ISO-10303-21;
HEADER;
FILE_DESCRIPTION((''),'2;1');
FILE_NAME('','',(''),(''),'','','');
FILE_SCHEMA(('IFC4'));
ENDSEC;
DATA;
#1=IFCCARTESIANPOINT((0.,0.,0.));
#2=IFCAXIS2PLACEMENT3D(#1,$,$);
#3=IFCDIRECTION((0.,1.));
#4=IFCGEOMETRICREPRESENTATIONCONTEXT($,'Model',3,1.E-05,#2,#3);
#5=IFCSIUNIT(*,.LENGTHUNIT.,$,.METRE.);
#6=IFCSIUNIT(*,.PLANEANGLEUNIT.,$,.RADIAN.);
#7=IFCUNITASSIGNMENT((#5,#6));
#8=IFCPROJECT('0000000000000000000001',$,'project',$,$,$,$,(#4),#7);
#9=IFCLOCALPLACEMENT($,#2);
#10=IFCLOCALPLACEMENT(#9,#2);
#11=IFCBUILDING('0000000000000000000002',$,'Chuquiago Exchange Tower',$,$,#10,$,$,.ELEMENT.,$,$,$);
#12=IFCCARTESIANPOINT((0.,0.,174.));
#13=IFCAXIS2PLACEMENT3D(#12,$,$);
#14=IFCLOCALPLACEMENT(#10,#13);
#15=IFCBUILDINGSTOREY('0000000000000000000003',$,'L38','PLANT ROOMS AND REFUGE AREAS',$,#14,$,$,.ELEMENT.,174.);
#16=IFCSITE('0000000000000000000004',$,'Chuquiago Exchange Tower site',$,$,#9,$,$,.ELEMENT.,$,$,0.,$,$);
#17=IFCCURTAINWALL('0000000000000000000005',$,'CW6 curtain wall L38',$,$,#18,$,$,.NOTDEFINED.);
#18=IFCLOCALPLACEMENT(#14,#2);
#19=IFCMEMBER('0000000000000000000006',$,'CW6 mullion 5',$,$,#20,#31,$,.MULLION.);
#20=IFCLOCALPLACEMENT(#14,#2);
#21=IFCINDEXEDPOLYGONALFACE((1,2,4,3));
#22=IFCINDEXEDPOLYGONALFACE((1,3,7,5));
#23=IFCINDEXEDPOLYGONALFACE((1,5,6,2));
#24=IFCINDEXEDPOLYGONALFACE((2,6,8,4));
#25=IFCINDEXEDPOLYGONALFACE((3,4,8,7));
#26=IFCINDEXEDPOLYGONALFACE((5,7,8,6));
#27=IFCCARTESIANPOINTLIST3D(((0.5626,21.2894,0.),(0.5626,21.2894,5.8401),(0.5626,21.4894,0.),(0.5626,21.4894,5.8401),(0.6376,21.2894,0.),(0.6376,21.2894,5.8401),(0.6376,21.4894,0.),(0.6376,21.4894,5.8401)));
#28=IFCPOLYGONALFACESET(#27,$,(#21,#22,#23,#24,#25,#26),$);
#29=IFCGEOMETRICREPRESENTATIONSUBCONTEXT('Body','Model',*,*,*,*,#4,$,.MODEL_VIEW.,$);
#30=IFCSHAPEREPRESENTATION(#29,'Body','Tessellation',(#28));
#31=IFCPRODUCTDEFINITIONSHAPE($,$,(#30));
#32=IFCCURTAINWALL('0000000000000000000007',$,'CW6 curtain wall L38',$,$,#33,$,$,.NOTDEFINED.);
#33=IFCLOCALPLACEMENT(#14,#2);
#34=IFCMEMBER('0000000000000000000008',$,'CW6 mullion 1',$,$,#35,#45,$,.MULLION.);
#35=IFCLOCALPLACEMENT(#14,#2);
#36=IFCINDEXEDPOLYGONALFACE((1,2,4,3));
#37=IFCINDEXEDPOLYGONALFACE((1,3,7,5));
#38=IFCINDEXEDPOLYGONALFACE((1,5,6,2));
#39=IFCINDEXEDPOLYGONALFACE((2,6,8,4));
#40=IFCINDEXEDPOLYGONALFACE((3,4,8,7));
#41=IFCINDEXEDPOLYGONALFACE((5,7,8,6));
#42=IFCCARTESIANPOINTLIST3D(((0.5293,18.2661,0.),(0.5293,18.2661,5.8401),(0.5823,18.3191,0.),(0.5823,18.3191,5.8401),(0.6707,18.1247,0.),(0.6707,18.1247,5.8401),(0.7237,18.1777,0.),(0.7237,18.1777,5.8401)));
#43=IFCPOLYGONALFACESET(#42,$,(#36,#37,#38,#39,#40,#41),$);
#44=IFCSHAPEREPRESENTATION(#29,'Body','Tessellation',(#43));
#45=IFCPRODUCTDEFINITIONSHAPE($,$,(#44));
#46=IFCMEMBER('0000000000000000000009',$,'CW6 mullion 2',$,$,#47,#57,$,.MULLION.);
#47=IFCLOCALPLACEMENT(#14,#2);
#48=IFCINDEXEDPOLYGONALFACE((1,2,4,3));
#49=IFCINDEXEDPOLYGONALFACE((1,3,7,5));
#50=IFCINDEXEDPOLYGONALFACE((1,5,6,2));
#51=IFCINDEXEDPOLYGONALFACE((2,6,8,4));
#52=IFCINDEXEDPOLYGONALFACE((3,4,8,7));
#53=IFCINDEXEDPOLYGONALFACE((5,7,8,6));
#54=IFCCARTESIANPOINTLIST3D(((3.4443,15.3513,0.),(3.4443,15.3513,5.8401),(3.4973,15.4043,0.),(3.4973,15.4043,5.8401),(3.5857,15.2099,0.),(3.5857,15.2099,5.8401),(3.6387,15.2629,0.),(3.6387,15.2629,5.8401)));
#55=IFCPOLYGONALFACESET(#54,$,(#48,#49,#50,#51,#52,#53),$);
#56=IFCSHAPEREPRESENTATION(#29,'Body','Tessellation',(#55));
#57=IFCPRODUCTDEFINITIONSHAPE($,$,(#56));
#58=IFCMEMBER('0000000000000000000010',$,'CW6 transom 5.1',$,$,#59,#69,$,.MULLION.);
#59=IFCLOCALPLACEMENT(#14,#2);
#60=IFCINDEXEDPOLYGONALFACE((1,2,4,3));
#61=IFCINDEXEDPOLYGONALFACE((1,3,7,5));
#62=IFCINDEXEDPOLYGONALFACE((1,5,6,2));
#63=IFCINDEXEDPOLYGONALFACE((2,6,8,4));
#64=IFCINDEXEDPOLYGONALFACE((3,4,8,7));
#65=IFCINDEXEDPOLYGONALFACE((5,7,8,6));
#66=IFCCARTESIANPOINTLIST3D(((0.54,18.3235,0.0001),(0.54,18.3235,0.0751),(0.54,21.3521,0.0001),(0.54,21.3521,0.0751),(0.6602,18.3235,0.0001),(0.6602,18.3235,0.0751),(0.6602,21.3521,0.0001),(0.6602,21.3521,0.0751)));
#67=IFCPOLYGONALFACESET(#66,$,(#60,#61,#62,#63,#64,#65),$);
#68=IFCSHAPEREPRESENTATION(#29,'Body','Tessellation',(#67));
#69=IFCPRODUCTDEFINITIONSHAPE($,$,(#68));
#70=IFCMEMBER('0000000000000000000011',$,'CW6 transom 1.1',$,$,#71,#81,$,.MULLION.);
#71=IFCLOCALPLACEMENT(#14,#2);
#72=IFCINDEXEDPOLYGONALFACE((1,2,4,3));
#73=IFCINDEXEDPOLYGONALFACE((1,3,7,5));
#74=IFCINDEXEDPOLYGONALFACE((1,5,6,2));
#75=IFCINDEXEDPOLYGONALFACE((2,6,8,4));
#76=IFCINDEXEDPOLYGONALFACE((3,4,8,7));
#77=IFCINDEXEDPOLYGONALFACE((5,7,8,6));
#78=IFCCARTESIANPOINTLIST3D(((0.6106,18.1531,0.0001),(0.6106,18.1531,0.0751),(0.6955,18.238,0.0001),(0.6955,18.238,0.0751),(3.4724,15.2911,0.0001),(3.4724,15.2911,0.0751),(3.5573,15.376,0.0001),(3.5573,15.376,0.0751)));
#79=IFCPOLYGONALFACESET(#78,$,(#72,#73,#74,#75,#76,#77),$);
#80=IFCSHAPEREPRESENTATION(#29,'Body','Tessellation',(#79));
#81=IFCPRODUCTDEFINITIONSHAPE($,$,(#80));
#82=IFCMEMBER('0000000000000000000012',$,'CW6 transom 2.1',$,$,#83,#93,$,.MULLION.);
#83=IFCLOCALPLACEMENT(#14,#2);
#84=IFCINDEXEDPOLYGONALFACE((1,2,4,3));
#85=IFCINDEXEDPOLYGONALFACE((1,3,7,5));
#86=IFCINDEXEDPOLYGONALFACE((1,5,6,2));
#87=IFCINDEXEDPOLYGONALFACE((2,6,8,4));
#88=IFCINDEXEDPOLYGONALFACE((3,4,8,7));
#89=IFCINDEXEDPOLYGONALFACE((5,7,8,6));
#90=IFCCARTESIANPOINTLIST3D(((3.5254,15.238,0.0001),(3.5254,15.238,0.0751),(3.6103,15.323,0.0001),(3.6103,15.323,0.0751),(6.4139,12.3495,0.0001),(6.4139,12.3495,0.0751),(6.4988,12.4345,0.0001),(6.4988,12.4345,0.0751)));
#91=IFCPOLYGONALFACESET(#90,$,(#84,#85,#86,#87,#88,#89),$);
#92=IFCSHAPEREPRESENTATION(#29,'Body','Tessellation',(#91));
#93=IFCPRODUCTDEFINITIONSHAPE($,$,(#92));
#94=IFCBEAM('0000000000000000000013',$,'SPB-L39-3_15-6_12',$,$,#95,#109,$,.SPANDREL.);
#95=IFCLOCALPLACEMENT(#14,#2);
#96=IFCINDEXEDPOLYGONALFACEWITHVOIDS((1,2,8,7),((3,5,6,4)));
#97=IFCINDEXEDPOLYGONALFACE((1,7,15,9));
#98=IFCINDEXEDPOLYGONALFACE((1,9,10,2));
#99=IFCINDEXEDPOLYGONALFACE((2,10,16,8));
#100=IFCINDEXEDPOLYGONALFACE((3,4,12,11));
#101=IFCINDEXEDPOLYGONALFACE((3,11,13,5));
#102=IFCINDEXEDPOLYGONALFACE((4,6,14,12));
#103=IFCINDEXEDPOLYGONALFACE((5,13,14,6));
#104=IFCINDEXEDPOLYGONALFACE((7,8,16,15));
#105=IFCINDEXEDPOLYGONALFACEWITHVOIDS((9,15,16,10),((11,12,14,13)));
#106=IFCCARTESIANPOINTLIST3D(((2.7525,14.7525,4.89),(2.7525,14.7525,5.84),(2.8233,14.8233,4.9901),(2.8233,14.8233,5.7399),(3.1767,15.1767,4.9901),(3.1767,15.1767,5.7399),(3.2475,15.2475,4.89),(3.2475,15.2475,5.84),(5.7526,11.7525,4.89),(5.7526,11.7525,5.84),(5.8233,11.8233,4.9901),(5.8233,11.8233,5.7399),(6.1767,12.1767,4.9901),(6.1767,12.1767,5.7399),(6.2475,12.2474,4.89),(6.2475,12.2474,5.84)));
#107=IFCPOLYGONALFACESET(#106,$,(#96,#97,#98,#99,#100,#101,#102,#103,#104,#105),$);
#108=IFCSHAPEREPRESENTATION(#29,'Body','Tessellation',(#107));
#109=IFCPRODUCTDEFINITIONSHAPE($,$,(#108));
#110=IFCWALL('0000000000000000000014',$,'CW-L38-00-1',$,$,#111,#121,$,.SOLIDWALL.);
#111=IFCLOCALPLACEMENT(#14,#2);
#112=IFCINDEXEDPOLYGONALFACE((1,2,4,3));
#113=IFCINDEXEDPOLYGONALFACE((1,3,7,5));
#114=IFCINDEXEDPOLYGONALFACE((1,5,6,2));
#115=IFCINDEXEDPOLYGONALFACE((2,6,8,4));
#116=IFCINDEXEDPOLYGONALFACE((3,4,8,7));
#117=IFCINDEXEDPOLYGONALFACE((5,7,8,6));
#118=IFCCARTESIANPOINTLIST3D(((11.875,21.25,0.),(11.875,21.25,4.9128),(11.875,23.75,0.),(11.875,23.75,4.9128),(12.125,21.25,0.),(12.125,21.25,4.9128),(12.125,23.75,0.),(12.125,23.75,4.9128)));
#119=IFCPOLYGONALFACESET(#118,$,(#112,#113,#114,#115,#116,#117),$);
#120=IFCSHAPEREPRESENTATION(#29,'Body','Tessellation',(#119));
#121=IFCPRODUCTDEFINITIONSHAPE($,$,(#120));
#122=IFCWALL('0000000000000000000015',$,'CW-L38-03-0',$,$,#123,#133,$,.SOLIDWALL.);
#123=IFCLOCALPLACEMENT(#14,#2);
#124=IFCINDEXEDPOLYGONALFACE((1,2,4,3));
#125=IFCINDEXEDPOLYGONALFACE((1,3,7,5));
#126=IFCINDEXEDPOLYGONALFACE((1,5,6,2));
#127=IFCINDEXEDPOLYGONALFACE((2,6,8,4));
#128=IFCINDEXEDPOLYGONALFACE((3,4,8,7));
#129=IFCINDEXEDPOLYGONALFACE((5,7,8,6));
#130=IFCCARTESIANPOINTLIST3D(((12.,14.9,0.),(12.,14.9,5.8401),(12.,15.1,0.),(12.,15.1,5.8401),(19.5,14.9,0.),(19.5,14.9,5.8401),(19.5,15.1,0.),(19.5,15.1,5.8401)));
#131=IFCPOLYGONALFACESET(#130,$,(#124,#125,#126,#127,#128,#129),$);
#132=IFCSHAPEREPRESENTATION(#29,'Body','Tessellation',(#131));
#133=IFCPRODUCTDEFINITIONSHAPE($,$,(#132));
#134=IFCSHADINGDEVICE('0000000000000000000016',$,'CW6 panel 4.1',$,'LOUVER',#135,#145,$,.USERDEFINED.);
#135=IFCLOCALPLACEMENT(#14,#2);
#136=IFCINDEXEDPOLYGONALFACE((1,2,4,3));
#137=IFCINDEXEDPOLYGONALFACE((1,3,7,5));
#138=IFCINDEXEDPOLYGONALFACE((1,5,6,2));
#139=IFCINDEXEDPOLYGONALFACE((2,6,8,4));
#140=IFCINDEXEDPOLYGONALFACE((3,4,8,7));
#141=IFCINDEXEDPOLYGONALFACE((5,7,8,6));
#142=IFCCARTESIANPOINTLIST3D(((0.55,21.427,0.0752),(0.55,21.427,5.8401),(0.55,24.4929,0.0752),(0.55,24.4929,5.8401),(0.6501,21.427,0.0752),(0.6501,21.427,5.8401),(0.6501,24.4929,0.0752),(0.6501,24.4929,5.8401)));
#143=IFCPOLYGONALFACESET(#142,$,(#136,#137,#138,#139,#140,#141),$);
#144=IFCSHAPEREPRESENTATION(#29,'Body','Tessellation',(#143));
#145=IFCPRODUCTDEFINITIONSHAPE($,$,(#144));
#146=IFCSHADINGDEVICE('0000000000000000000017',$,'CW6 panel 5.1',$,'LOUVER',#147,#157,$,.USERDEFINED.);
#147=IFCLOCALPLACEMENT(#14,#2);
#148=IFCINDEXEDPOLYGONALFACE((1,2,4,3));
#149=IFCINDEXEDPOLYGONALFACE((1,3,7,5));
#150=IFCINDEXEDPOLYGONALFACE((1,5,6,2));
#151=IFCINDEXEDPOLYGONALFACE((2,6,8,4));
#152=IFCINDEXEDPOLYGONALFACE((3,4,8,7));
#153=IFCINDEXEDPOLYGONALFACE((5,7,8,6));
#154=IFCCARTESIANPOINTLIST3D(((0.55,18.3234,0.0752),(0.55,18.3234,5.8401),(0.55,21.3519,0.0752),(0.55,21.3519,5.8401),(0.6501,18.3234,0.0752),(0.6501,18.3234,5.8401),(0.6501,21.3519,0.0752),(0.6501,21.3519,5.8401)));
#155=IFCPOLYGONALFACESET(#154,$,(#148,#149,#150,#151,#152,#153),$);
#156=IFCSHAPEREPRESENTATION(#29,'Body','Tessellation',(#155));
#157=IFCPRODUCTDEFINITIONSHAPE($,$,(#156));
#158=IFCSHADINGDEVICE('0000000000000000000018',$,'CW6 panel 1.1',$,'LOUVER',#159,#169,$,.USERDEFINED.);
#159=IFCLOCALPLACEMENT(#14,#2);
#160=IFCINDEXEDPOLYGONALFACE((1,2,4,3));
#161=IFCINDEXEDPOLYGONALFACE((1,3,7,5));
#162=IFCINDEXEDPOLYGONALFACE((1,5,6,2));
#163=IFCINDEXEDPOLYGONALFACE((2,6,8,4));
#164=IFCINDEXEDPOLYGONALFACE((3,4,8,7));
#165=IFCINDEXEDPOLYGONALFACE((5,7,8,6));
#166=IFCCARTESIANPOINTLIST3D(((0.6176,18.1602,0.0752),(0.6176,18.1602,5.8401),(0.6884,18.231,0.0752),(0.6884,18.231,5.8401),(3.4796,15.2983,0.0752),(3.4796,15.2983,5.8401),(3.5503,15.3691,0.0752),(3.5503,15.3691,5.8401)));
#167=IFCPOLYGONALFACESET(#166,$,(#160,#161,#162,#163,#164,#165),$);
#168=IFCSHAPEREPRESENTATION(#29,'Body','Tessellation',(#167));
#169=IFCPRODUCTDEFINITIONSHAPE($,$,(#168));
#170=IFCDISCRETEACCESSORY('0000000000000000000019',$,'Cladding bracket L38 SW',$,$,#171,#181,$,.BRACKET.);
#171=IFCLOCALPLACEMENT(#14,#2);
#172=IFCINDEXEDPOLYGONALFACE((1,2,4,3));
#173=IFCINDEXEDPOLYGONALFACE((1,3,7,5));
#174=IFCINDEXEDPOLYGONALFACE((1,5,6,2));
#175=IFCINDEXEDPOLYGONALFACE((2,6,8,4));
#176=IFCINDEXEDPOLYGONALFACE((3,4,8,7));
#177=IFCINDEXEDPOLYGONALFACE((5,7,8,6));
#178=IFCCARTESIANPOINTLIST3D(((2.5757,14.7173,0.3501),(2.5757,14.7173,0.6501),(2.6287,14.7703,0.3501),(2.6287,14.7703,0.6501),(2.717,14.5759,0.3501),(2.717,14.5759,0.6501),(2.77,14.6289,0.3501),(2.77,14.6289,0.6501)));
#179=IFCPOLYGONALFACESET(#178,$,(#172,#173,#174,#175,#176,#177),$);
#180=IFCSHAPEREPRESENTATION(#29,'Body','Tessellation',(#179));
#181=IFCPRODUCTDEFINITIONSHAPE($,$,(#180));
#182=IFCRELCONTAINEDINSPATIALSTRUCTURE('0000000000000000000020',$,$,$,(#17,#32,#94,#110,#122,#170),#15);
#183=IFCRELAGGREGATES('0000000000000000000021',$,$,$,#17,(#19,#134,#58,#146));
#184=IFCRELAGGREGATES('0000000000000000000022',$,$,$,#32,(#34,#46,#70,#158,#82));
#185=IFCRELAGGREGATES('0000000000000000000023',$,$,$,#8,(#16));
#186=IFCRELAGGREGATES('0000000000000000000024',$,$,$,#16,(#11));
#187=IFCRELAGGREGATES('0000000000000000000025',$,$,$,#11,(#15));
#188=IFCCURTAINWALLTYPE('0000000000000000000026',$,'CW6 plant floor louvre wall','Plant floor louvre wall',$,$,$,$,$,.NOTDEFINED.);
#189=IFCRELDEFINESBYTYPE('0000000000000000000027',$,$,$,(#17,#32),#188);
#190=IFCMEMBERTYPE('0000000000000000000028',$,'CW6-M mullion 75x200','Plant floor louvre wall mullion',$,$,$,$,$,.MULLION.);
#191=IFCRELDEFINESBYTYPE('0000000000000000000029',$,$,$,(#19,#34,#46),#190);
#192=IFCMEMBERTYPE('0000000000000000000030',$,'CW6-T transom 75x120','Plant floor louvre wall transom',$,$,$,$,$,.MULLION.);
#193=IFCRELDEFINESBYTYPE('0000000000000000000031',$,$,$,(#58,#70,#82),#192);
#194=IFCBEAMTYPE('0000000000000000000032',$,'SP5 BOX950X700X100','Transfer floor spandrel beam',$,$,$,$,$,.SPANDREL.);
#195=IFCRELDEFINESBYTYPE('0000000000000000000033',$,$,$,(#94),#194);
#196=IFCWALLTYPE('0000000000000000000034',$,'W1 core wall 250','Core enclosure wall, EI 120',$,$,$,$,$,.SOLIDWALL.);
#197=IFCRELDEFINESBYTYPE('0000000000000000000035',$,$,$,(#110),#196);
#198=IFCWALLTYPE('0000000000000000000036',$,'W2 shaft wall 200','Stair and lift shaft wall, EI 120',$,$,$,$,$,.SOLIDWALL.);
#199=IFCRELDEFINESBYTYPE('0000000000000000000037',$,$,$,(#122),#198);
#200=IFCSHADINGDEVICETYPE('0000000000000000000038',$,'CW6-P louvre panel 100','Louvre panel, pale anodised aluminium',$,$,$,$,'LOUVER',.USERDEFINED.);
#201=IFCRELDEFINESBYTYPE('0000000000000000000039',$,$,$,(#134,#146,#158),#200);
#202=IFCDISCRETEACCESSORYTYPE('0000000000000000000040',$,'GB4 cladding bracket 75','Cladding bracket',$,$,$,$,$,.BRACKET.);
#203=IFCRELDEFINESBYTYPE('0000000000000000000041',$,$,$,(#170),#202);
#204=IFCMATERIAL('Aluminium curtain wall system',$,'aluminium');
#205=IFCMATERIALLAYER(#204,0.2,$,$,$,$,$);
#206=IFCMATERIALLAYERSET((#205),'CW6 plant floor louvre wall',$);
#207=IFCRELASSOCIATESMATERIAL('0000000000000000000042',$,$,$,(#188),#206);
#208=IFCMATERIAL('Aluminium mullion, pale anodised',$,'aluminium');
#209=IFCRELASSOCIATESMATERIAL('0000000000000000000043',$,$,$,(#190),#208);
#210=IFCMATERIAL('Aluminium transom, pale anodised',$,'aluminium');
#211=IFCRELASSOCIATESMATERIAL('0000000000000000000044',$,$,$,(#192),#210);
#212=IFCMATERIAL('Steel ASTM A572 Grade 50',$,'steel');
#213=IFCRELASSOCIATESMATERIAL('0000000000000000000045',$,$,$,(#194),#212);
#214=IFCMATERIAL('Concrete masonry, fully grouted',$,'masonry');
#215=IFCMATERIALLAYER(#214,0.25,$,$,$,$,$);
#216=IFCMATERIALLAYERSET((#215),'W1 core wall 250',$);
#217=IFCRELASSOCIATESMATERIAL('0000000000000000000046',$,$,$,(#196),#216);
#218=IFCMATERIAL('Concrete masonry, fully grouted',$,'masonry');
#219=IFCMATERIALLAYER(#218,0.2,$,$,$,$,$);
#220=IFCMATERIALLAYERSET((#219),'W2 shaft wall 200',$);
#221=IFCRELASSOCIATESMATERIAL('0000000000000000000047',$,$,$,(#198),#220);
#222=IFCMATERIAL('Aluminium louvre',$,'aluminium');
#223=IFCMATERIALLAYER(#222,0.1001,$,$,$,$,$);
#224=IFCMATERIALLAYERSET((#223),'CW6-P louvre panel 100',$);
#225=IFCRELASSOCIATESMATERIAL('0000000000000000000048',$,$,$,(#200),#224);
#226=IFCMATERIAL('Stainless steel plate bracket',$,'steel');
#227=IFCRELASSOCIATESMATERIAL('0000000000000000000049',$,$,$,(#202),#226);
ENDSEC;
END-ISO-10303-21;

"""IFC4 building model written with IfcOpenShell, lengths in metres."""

from ifc_helpers import new_model, si_unit, direction, frame, frame_2d, origin, origin_2d, place, context, subcontext, project, spatial, rectangle, hollow_rectangle, extrude, material, layer, layer_set, material_profile, profile_set, type_object, element, aggregate, save


model = new_model("IFC4")

# Units and contexts
model_context = context("Model", 3, precision=1e-05, world=origin(), true_north=direction((0.0, 1.0)))
body_context = subcontext(model_context, "Body", "Model", "MODEL_VIEW")
ifc_project = project(units=[si_unit("LENGTHUNIT", "METRE"), si_unit("PLANEANGLEUNIT", "RADIAN")], contexts=[model_context])

# Site, building, storey
site_placement = place(None, origin())
site = spatial("IfcSite", under=ifc_project, at=site_placement, Name="Chuquiago Exchange Tower site", CompositionType="ELEMENT", RefElevation=0.0)
building_placement = place(site_placement, origin())
building = spatial("IfcBuilding", under=site, at=building_placement, Name="Chuquiago Exchange Tower", CompositionType="ELEMENT")
storey_placement = place(building_placement, frame((0.0, 0.0, 174.0)))
storey = spatial("IfcBuildingStorey", under=building, at=storey_placement, Name="L38", Description="PLANT ROOMS AND REFUGE AREAS", CompositionType="ELEMENT", Elevation=174.0)

# Curtain wall, member
ifc_material_1 = material(Name="Aluminium curtain wall system", Category="aluminium")
ifc_layer_1 = layer(ifc_material_1, 0.2)
ifc_layer_set_1 = layer_set([ifc_layer_1], Name="CW6 plant floor louvre wall")
curtain_wall_type = type_object("IfcCurtainWallType", Name="CW6 plant floor louvre wall", Description="Plant floor louvre wall", PredefinedType="NOTDEFINED", material=ifc_layer_set_1)
curtain_wall_1_placement = place(storey_placement, origin())
curtain_wall_1 = element("IfcCurtainWall", 1, at=curtain_wall_1_placement, inside=storey, type_object=curtain_wall_type, Name="CW6 curtain wall L38", PredefinedType="NOTDEFINED")
ifc_material_2 = material(Name="Aluminium mullion, pale anodised", Category="aluminium")
ifc_material_profile_1 = material_profile(ifc_material_2, rectangle(XDim=0.075, YDim=0.2, at=origin_2d()), Name="AL 75x200")
ifc_profile_set_1 = profile_set([ifc_material_profile_1], Name="Aluminium mullion, pale anodised")
member_type_1 = type_object("IfcMemberType", Name="CW6-M mullion 75x200", Description="Plant floor louvre wall mullion", PredefinedType="MULLION", material=ifc_profile_set_1)
member_1_placement = place(storey_placement, frame((0.6001, 21.3894, 0.0), z_axis=(0.0, 0.0, 1.0), x_axis=(1.0, 0.0, 0.0)))
member_1 = element("IfcMember", 2, at=member_1_placement, type_object=member_type_1, Name="CW6 mullion 5", PredefinedType="MULLION", context=body_context, shape_type="SweptSolid", body=[
    extrude(rectangle(XDim=0.075, YDim=0.2, at=origin_2d()), origin(), (0.0, 0.0, 1.0), 5.8401),
])

# Curtain wall, members
curtain_wall_2_placement = place(storey_placement, origin())
curtain_wall_2 = element("IfcCurtainWall", 3, at=curtain_wall_2_placement, inside=storey, type_object=curtain_wall_type, Name="CW6 curtain wall L38", PredefinedType="NOTDEFINED")
member_2_placement = place(storey_placement, frame((0.6265, 18.2219, 0.0), z_axis=(0.0, 0.0, 1.0), x_axis=(0.707107, 0.707107, 0.0)))
member_2 = element("IfcMember", 4, at=member_2_placement, type_object=member_type_1, Name="CW6 mullion 1", PredefinedType="MULLION", context=body_context, shape_type="SweptSolid", body=[
    extrude(rectangle(XDim=0.075, YDim=0.2, at=origin_2d()), origin(), (0.0, 0.0, 1.0), 5.8401),
])
member_3_placement = place(storey_placement, frame((3.5415, 15.3071, 0.0), z_axis=(0.0, 0.0, 1.0), x_axis=(0.707107, 0.707107, 0.0)))
member_3 = element("IfcMember", 5, at=member_3_placement, type_object=member_type_1, Name="CW6 mullion 2", PredefinedType="MULLION", context=body_context, shape_type="SweptSolid", body=[
    extrude(rectangle(XDim=0.075, YDim=0.2, at=origin_2d()), origin(), (0.0, 0.0, 1.0), 5.8401),
])

# Members
ifc_material_3 = material(Name="Aluminium transom, pale anodised", Category="aluminium")
ifc_material_profile_2 = material_profile(ifc_material_3, rectangle(XDim=0.1201, YDim=0.075, at=origin_2d()), Name="AL 120x75")
ifc_profile_set_2 = profile_set([ifc_material_profile_2], Name="Aluminium transom, pale anodised")
member_type_2 = type_object("IfcMemberType", Name="CW6-T transom 75x120", Description="Plant floor louvre wall transom", PredefinedType="MULLION", material=ifc_profile_set_2)
member_4_placement = place(storey_placement, frame((0.6001, 21.3521, 0.0376), z_axis=(0.0, -1.0, 0.0), x_axis=(1.0, 0.0, 0.0)))
member_4 = element("IfcMember", 6, at=member_4_placement, type_object=member_type_2, Name="CW6 transom 5.1", PredefinedType="MULLION", context=body_context, shape_type="SweptSolid", body=[
    extrude(rectangle(XDim=0.1201, YDim=0.075, at=origin_2d()), origin(), (0.0, 0.0, 1.0), 3.0286),
])
member_5_placement = place(storey_placement, frame((0.6531, 18.1956, 0.0376), z_axis=(0.707077, -0.707137, 0.0), x_axis=(0.707137, 0.707077, 0.0)))
member_5 = element("IfcMember", 7, at=member_5_placement, type_object=member_type_2, Name="CW6 transom 1.1", PredefinedType="MULLION", context=body_context, shape_type="SweptSolid", body=[
    extrude(rectangle(XDim=0.1201, YDim=0.075, at=origin_2d()), origin(), (0.0, 0.0, 1.0), 4.0474),
])
member_6_placement = place(storey_placement, frame((3.5679, 15.2805, 0.0376), z_axis=(0.707107, -0.707107, 0.0), x_axis=(0.707107, 0.707107, 0.0)))
member_6 = element("IfcMember", 8, at=member_6_placement, type_object=member_type_2, Name="CW6 transom 2.1", PredefinedType="MULLION", context=body_context, shape_type="SweptSolid", body=[
    extrude(rectangle(XDim=0.1201, YDim=0.075, at=origin_2d()), origin(), (0.0, 0.0, 1.0), 4.085),
])

# Beam
ifc_material_4 = material(Name="Steel ASTM A572 Grade 50", Category="steel")
ifc_material_profile_3 = material_profile(ifc_material_4, hollow_rectangle(XDim=0.7, YDim=0.95, WallThickness=0.1001, at=origin_2d()), Name="BOX950X700X100")
ifc_profile_set_3 = profile_set([ifc_material_profile_3], Name="Steel ASTM A572 Grade 50")
beam_type_1 = type_object("IfcBeamType", Name="SP5 BOX950X700X100", Description="Transfer floor spandrel beam", PredefinedType="SPANDREL", material=ifc_profile_set_3)
beam_1_placement = place(storey_placement, frame((3.0, 15.0, 5.365), z_axis=(0.707107, -0.707107, 0.0), x_axis=(0.707107, 0.707107, 0.0)))
element("IfcBeam", 9, at=beam_1_placement, inside=storey, type_object=beam_type_1, Name="SPB-L39-3_15-6_12", PredefinedType="SPANDREL", context=body_context, shape_type="SweptSolid", body=[
    extrude(hollow_rectangle(XDim=0.7, YDim=0.95, WallThickness=0.1001, at=origin_2d()), origin(), (0.0, 0.0, 1.0), 4.2427),
])

# Walls
ifc_material_5 = material(Name="Concrete masonry, fully grouted", Category="masonry")
ifc_layer_2 = layer(ifc_material_5, 0.25)
ifc_layer_set_2 = layer_set([ifc_layer_2], Name="W1 core wall 250")
wall_type_1 = type_object("IfcWallType", Name="W1 core wall 250", Description="Core enclosure wall, EI 120", PredefinedType="SOLIDWALL", material=ifc_layer_set_2)
wall_1_placement = place(storey_placement, frame((12.0, 21.25, 0.0), z_axis=(0.0, 0.0, 1.0), x_axis=(0.0, 1.0, 0.0)))
element("IfcWall", 10, at=wall_1_placement, inside=storey, type_object=wall_type_1, Name="CW-L38-00-1", PredefinedType="SOLIDWALL", context=body_context, shape_type="SweptSolid", body=[
    extrude(rectangle(XDim=2.5, YDim=0.25, at=frame_2d((1.25, 0.0))), origin(), (0.0, 0.0, 1.0), 4.9128),
])
ifc_material_6 = material(Name="Concrete masonry, fully grouted", Category="masonry")
ifc_layer_3 = layer(ifc_material_6, 0.2)
ifc_layer_set_3 = layer_set([ifc_layer_3], Name="W2 shaft wall 200")
wall_type_2 = type_object("IfcWallType", Name="W2 shaft wall 200", Description="Stair and lift shaft wall, EI 120", PredefinedType="SOLIDWALL", material=ifc_layer_set_3)
wall_2_placement = place(storey_placement, frame((12.0, 15.0, 0.0), z_axis=(0.0, 0.0, 1.0), x_axis=(1.0, 0.0, 0.0)))
element("IfcWall", 11, at=wall_2_placement, inside=storey, type_object=wall_type_2, Name="CW-L38-03-0", PredefinedType="SOLIDWALL", context=body_context, shape_type="SweptSolid", body=[
    extrude(rectangle(XDim=7.5, YDim=0.2, at=frame_2d((3.75, 0.0))), origin(), (0.0, 0.0, 1.0), 5.8401),
])

# Shading devices
ifc_material_7 = material(Name="Aluminium louvre", Category="aluminium")
ifc_layer_4 = layer(ifc_material_7, 0.1001)
ifc_layer_set_4 = layer_set([ifc_layer_4], Name="CW6-P louvre panel 100")
shading_device_type = type_object("IfcShadingDeviceType", Name="CW6-P louvre panel 100", Description="Louvre panel, pale anodised aluminium", ElementType="LOUVER", PredefinedType="USERDEFINED", material=ifc_layer_set_4)
shading_device_1_placement = place(storey_placement, frame((0.6001, 22.96, 0.0752), z_axis=(0.0, 0.0, 1.0), x_axis=(0.0, -1.0, 0.0)))
shading_device_1 = element("IfcShadingDevice", 12, at=shading_device_1_placement, type_object=shading_device_type, Name="CW6 panel 4.1", ObjectType="LOUVER", PredefinedType="USERDEFINED", context=body_context, shape_type="SweptSolid", body=[
    extrude(rectangle(XDim=3.0659, YDim=0.1001, at=origin_2d()), origin(), (0.0, 0.0, 1.0), 5.7649),
])
shading_device_2_placement = place(storey_placement, frame((0.6001, 19.8376, 0.0752), z_axis=(0.0, 0.0, 1.0), x_axis=(0.0, -1.0, 0.0)))
shading_device_2 = element("IfcShadingDevice", 13, at=shading_device_2_placement, type_object=shading_device_type, Name="CW6 panel 5.1", ObjectType="LOUVER", PredefinedType="USERDEFINED", context=body_context, shape_type="SweptSolid", body=[
    extrude(rectangle(XDim=3.0286, YDim=0.1001, at=origin_2d()), origin(), (0.0, 0.0, 1.0), 5.7649),
])
aggregate(curtain_wall_1, [member_1, shading_device_1, member_4, shading_device_2])
shading_device_3_placement = place(storey_placement, frame((2.084, 16.7646, 0.0752), z_axis=(0.0, 0.0, 1.0), x_axis=(0.707107, -0.707107, 0.0)))
shading_device_3 = element("IfcShadingDevice", 14, at=shading_device_3_placement, type_object=shading_device_type, Name="CW6 panel 1.1", ObjectType="LOUVER", PredefinedType="USERDEFINED", context=body_context, shape_type="SweptSolid", body=[
    extrude(rectangle(XDim=4.0474, YDim=0.1001, at=origin_2d()), origin(), (0.0, 0.0, 1.0), 5.7649),
])
aggregate(curtain_wall_2, [member_2, member_3, member_5, shading_device_3, member_6])

# Discrete accessory
ifc_material_8 = material(Name="Stainless steel plate bracket", Category="steel")
discrete_accessory_type = type_object("IfcDiscreteAccessoryType", Name="GB4 cladding bracket 75", Description="Cladding bracket", PredefinedType="BRACKET", material=ifc_material_8)
for number, where, z_axis, x_axis, name in (
    (15, (2.6729, 14.6731, 0.3501), (0.0, 0.0, 1.0), (0.707107, -0.707107, 0.0), "Cladding bracket L38 SW"),
):
    element("IfcDiscreteAccessory", number, at=place(storey_placement, frame(where, z_axis=z_axis, x_axis=x_axis)), inside=storey, type_object=discrete_accessory_type, Name=name, PredefinedType="BRACKET", context=body_context, shape_type="SweptSolid", body=[
        extrude(rectangle(XDim=0.2, YDim=0.075, at=origin_2d()), origin(), (0.0, 0.0, 1.0), 0.3),
    ])

save(model, "model.ifc")
